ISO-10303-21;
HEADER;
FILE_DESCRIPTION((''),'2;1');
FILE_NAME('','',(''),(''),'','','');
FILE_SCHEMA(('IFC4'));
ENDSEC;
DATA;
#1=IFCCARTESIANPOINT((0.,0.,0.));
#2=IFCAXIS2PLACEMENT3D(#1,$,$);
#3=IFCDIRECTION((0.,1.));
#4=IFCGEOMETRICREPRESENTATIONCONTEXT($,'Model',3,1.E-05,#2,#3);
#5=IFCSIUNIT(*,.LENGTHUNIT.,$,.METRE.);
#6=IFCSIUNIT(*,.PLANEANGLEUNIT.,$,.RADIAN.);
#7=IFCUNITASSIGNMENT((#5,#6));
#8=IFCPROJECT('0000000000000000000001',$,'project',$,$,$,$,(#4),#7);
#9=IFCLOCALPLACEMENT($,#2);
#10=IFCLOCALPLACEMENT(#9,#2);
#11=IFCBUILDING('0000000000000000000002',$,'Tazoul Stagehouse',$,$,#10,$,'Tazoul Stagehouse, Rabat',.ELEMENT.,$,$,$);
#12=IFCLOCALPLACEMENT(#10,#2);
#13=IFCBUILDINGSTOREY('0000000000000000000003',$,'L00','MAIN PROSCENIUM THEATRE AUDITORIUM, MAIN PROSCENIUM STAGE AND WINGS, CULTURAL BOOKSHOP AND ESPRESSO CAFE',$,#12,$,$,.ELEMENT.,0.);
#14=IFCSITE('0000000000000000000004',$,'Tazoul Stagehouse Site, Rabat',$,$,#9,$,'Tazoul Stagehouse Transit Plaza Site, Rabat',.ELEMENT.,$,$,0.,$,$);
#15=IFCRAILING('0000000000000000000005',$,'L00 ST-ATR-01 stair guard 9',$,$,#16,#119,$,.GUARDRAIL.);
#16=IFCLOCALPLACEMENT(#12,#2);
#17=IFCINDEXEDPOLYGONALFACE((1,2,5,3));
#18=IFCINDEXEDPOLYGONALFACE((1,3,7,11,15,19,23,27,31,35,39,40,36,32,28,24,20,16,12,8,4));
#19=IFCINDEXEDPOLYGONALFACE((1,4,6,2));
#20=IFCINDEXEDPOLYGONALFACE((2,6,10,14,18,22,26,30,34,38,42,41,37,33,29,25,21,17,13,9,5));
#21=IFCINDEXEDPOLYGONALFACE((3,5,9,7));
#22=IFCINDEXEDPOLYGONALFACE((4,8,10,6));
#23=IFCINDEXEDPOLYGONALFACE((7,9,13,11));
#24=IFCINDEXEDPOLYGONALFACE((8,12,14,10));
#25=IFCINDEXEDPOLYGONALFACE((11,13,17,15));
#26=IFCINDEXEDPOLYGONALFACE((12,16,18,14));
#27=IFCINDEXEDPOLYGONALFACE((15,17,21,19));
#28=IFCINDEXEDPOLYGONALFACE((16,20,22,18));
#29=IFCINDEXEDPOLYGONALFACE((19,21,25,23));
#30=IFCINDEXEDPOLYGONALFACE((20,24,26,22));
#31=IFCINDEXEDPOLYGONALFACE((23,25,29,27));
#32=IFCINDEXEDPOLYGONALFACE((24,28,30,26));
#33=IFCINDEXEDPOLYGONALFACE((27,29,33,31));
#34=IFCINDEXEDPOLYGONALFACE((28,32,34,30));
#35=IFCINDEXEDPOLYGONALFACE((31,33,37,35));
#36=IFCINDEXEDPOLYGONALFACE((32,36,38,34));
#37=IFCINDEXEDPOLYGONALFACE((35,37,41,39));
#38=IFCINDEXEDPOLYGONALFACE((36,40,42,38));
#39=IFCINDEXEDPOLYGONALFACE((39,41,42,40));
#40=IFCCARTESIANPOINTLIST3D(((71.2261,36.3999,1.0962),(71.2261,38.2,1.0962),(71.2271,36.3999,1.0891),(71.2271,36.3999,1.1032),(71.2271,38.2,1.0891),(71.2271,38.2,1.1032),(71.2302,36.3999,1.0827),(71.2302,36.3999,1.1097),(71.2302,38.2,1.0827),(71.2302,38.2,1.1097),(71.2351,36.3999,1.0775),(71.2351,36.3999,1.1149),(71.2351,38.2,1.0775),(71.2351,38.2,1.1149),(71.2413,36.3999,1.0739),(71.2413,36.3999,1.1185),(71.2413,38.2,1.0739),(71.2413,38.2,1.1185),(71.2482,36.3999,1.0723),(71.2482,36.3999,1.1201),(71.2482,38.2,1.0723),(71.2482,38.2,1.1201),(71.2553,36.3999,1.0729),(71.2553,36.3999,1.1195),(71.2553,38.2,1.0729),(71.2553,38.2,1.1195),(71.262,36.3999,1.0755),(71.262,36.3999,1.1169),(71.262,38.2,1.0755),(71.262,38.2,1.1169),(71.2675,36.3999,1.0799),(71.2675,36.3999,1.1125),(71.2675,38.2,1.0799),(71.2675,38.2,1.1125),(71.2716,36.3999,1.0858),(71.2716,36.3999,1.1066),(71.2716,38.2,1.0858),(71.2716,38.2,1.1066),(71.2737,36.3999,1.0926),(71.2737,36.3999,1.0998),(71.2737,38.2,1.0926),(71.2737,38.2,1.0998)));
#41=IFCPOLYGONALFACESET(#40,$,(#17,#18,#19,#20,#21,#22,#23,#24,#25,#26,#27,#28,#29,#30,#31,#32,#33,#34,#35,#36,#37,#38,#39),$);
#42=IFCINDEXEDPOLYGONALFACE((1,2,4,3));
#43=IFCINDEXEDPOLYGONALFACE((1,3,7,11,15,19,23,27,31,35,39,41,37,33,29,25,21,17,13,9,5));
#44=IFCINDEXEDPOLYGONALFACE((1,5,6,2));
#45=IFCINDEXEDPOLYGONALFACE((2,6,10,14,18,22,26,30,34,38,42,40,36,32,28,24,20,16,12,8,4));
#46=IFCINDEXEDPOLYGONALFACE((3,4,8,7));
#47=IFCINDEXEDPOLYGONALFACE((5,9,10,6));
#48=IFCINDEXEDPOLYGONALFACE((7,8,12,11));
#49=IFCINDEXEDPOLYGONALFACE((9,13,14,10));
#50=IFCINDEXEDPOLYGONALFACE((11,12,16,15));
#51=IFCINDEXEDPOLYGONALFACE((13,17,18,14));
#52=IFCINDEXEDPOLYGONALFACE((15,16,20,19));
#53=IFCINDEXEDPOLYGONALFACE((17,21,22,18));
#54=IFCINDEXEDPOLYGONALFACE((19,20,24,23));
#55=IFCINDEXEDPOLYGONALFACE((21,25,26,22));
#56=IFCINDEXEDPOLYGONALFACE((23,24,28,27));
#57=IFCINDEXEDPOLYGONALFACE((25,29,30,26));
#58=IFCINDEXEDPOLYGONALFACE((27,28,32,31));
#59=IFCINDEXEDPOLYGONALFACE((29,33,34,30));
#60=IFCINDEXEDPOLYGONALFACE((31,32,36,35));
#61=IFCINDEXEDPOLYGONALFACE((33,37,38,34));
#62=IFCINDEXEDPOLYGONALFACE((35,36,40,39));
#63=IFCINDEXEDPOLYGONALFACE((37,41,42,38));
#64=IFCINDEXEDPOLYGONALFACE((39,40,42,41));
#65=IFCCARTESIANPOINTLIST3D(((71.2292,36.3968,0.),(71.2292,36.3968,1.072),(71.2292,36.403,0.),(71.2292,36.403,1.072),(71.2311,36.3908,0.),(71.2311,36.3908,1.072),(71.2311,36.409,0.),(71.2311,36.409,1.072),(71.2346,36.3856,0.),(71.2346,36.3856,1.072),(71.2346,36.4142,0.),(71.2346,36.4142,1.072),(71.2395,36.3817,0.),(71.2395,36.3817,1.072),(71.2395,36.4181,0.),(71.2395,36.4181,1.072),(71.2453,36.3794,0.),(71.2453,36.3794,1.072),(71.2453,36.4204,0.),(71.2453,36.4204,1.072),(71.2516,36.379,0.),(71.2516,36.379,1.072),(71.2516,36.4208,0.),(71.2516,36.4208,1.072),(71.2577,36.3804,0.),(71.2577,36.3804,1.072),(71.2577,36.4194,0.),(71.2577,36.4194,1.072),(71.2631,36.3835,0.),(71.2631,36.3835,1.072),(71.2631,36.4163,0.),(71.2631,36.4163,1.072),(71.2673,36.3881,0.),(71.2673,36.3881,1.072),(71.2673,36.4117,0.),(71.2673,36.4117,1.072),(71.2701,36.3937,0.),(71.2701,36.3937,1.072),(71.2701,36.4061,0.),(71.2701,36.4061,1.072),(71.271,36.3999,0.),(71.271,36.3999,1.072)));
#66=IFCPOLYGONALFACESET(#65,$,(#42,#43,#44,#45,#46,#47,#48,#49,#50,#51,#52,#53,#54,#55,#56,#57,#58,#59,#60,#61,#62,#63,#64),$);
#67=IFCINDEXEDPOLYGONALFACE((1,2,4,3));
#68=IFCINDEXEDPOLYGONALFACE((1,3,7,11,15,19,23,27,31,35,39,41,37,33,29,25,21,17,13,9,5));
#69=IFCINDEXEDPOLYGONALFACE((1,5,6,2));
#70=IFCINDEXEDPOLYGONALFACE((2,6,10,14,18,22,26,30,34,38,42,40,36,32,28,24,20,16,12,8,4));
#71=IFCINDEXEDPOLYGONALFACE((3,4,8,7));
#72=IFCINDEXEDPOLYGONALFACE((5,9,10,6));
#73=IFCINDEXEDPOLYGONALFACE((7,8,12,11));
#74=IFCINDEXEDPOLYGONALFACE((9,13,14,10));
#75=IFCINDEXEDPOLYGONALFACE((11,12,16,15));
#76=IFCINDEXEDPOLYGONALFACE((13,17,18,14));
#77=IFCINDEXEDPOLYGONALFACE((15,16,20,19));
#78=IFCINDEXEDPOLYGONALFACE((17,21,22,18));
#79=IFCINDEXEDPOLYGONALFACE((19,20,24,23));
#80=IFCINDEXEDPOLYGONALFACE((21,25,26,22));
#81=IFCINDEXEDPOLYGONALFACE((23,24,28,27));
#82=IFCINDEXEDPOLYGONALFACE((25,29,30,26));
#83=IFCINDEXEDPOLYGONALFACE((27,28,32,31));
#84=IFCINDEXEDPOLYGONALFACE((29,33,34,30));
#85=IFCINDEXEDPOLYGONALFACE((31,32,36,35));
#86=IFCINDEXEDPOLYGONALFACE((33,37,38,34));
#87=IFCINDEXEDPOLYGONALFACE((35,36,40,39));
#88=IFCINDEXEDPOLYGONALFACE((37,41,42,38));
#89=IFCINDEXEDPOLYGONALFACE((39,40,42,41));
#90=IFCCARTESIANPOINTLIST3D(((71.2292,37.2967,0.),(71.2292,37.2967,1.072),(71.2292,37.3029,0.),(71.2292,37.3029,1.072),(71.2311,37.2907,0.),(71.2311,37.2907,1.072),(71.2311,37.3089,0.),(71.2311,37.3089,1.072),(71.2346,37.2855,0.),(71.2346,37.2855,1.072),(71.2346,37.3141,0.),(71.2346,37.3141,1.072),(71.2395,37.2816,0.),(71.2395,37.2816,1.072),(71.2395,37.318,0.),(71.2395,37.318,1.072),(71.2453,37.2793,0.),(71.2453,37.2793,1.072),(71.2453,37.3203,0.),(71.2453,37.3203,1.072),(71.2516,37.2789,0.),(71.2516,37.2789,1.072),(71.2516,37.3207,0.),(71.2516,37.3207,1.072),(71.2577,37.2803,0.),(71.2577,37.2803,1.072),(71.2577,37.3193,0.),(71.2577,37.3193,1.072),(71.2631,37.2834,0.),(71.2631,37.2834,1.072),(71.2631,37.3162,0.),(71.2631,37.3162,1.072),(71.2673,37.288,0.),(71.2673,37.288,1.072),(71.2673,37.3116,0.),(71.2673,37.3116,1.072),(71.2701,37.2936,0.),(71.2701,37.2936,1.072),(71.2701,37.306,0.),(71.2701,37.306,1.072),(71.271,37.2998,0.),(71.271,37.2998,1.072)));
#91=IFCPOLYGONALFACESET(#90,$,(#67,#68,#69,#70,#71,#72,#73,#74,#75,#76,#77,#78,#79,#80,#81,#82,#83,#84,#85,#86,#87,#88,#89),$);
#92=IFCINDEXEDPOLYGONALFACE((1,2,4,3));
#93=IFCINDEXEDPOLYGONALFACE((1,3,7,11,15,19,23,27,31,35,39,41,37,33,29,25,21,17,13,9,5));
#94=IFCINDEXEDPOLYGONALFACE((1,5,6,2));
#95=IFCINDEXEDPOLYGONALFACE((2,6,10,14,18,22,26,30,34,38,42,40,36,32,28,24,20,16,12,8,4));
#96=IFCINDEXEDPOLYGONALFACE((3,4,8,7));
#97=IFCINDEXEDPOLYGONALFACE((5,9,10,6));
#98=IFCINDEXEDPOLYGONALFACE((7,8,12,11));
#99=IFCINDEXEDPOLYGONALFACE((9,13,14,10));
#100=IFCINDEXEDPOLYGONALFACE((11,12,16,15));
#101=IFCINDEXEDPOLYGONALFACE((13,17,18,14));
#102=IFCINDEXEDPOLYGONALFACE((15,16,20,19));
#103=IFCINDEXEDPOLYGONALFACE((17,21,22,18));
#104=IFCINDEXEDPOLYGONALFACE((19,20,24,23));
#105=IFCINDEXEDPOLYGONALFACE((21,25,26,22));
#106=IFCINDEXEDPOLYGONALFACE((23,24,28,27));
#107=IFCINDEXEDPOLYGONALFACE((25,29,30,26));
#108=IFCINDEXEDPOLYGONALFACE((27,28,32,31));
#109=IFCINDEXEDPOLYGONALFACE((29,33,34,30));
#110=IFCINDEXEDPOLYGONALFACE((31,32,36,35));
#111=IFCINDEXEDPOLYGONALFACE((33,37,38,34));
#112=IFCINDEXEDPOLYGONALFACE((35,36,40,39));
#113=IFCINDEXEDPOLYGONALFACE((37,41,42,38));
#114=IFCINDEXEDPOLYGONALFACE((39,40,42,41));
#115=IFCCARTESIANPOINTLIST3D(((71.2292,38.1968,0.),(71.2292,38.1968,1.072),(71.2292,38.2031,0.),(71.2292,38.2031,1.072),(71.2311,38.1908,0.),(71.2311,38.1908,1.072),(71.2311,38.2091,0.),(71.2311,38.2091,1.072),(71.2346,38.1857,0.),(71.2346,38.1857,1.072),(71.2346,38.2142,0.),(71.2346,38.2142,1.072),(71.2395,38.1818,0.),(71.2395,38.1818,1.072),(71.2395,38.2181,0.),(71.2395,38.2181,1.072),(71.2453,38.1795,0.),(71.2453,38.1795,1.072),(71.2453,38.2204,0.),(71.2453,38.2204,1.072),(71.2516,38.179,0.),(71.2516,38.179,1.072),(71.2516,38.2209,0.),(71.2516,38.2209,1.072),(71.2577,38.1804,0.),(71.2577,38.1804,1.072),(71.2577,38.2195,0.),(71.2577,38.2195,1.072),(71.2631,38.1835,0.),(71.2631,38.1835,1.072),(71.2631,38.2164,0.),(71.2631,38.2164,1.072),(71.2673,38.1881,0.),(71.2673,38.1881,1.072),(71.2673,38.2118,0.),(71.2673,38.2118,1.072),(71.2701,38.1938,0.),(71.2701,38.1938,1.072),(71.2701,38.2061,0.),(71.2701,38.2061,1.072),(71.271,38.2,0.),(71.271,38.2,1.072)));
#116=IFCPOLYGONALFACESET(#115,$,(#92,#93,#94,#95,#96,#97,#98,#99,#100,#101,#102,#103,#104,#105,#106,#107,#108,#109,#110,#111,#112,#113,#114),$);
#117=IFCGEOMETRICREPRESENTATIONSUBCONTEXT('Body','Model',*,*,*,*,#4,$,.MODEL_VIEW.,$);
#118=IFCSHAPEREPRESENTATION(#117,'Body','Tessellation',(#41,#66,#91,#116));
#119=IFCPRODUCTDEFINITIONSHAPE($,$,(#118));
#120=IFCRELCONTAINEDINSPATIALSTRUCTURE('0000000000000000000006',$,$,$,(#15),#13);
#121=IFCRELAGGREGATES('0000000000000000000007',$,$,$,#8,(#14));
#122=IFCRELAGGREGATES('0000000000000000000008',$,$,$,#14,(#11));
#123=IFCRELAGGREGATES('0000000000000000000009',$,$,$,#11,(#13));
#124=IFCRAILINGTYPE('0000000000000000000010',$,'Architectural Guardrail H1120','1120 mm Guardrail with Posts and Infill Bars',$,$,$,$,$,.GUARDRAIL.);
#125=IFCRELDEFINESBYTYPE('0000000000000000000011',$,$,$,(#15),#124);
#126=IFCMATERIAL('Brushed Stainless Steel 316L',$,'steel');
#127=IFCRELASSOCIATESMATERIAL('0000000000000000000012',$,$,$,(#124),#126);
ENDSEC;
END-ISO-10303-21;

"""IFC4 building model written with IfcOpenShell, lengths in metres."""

from ifc_helpers import new_model, si_unit, direction, frame, origin, origin_2d, place, context, subcontext, project, spatial, circle, extrude, material, material_profile, profile_set, type_object, element, save


model = new_model("IFC4")

# Units and contexts
model_context = context("Model", 3, precision=1e-05, world=origin(), true_north=direction((0.0, 1.0)))
body_context = subcontext(model_context, "Body", "Model", "MODEL_VIEW")
ifc_project = project(units=[si_unit("LENGTHUNIT", "METRE"), si_unit("PLANEANGLEUNIT", "RADIAN")], contexts=[model_context])

# Site, building, storey
site_placement = place(None, origin())
site = spatial("IfcSite", under=ifc_project, at=site_placement, Name="Tazoul Stagehouse Site, Rabat", LongName="Tazoul Stagehouse Transit Plaza Site, Rabat", CompositionType="ELEMENT", RefElevation=0.0)
building_placement = place(site_placement, origin())
building = spatial("IfcBuilding", under=site, at=building_placement, Name="Tazoul Stagehouse", LongName="Tazoul Stagehouse, Rabat", CompositionType="ELEMENT")
storey_placement = place(building_placement, origin())
storey = spatial("IfcBuildingStorey", under=building, at=storey_placement, Name="L00", Description="MAIN PROSCENIUM THEATRE AUDITORIUM, MAIN PROSCENIUM STAGE AND WINGS, CULTURAL BOOKSHOP AND ESPRESSO CAFE", CompositionType="ELEMENT", Elevation=0.0)

# Railing
ifc_material_1 = material(Name="Brushed Stainless Steel 316L", Category="steel")
ifc_material_profile_1 = material_profile(ifc_material_1, circle(Radius=0.0239, at=origin_2d()), Name="SS RAIL D48")
ifc_profile_set_1 = profile_set([ifc_material_profile_1], Name="Brushed Stainless Steel 316L")
railing_type_1 = type_object("IfcRailingType", Name="Architectural Guardrail H1120", Description="1120 mm Guardrail with Posts and Infill Bars", PredefinedType="GUARDRAIL", material=ifc_profile_set_1)
for number, where, name in (
    (1, (71.25, 36.3999, 0.0), "L00 ST-ATR-01 stair guard 9"),
):
    element("IfcRailing", number, at=place(storey_placement, frame(where)), inside=storey, type_object=railing_type_1, Name=name, PredefinedType="GUARDRAIL", context=body_context, shape_type="SweptSolid", body=[
        extrude(circle(Radius=0.0239, at=origin_2d()), frame((0.0, 0.0, 1.0962), z_axis=(0.0, 1.0, 0.0), x_axis=(-1.0, 0.0, 0.0)), (0.0, 0.0, 1.0), 1.8),
        extrude(circle(Radius=0.021, at=origin_2d()), origin(), (0.0, 0.0, 1.0), 1.072),
        extrude(circle(Radius=0.021, at=origin_2d()), frame((0.0, 0.8999, 0.0)), (0.0, 0.0, 1.0), 1.072),
        extrude(circle(Radius=0.021, at=origin_2d()), frame((0.0, 1.8, 0.0)), (0.0, 0.0, 1.0), 1.072),
    ])

save(model, "model.ifc")
